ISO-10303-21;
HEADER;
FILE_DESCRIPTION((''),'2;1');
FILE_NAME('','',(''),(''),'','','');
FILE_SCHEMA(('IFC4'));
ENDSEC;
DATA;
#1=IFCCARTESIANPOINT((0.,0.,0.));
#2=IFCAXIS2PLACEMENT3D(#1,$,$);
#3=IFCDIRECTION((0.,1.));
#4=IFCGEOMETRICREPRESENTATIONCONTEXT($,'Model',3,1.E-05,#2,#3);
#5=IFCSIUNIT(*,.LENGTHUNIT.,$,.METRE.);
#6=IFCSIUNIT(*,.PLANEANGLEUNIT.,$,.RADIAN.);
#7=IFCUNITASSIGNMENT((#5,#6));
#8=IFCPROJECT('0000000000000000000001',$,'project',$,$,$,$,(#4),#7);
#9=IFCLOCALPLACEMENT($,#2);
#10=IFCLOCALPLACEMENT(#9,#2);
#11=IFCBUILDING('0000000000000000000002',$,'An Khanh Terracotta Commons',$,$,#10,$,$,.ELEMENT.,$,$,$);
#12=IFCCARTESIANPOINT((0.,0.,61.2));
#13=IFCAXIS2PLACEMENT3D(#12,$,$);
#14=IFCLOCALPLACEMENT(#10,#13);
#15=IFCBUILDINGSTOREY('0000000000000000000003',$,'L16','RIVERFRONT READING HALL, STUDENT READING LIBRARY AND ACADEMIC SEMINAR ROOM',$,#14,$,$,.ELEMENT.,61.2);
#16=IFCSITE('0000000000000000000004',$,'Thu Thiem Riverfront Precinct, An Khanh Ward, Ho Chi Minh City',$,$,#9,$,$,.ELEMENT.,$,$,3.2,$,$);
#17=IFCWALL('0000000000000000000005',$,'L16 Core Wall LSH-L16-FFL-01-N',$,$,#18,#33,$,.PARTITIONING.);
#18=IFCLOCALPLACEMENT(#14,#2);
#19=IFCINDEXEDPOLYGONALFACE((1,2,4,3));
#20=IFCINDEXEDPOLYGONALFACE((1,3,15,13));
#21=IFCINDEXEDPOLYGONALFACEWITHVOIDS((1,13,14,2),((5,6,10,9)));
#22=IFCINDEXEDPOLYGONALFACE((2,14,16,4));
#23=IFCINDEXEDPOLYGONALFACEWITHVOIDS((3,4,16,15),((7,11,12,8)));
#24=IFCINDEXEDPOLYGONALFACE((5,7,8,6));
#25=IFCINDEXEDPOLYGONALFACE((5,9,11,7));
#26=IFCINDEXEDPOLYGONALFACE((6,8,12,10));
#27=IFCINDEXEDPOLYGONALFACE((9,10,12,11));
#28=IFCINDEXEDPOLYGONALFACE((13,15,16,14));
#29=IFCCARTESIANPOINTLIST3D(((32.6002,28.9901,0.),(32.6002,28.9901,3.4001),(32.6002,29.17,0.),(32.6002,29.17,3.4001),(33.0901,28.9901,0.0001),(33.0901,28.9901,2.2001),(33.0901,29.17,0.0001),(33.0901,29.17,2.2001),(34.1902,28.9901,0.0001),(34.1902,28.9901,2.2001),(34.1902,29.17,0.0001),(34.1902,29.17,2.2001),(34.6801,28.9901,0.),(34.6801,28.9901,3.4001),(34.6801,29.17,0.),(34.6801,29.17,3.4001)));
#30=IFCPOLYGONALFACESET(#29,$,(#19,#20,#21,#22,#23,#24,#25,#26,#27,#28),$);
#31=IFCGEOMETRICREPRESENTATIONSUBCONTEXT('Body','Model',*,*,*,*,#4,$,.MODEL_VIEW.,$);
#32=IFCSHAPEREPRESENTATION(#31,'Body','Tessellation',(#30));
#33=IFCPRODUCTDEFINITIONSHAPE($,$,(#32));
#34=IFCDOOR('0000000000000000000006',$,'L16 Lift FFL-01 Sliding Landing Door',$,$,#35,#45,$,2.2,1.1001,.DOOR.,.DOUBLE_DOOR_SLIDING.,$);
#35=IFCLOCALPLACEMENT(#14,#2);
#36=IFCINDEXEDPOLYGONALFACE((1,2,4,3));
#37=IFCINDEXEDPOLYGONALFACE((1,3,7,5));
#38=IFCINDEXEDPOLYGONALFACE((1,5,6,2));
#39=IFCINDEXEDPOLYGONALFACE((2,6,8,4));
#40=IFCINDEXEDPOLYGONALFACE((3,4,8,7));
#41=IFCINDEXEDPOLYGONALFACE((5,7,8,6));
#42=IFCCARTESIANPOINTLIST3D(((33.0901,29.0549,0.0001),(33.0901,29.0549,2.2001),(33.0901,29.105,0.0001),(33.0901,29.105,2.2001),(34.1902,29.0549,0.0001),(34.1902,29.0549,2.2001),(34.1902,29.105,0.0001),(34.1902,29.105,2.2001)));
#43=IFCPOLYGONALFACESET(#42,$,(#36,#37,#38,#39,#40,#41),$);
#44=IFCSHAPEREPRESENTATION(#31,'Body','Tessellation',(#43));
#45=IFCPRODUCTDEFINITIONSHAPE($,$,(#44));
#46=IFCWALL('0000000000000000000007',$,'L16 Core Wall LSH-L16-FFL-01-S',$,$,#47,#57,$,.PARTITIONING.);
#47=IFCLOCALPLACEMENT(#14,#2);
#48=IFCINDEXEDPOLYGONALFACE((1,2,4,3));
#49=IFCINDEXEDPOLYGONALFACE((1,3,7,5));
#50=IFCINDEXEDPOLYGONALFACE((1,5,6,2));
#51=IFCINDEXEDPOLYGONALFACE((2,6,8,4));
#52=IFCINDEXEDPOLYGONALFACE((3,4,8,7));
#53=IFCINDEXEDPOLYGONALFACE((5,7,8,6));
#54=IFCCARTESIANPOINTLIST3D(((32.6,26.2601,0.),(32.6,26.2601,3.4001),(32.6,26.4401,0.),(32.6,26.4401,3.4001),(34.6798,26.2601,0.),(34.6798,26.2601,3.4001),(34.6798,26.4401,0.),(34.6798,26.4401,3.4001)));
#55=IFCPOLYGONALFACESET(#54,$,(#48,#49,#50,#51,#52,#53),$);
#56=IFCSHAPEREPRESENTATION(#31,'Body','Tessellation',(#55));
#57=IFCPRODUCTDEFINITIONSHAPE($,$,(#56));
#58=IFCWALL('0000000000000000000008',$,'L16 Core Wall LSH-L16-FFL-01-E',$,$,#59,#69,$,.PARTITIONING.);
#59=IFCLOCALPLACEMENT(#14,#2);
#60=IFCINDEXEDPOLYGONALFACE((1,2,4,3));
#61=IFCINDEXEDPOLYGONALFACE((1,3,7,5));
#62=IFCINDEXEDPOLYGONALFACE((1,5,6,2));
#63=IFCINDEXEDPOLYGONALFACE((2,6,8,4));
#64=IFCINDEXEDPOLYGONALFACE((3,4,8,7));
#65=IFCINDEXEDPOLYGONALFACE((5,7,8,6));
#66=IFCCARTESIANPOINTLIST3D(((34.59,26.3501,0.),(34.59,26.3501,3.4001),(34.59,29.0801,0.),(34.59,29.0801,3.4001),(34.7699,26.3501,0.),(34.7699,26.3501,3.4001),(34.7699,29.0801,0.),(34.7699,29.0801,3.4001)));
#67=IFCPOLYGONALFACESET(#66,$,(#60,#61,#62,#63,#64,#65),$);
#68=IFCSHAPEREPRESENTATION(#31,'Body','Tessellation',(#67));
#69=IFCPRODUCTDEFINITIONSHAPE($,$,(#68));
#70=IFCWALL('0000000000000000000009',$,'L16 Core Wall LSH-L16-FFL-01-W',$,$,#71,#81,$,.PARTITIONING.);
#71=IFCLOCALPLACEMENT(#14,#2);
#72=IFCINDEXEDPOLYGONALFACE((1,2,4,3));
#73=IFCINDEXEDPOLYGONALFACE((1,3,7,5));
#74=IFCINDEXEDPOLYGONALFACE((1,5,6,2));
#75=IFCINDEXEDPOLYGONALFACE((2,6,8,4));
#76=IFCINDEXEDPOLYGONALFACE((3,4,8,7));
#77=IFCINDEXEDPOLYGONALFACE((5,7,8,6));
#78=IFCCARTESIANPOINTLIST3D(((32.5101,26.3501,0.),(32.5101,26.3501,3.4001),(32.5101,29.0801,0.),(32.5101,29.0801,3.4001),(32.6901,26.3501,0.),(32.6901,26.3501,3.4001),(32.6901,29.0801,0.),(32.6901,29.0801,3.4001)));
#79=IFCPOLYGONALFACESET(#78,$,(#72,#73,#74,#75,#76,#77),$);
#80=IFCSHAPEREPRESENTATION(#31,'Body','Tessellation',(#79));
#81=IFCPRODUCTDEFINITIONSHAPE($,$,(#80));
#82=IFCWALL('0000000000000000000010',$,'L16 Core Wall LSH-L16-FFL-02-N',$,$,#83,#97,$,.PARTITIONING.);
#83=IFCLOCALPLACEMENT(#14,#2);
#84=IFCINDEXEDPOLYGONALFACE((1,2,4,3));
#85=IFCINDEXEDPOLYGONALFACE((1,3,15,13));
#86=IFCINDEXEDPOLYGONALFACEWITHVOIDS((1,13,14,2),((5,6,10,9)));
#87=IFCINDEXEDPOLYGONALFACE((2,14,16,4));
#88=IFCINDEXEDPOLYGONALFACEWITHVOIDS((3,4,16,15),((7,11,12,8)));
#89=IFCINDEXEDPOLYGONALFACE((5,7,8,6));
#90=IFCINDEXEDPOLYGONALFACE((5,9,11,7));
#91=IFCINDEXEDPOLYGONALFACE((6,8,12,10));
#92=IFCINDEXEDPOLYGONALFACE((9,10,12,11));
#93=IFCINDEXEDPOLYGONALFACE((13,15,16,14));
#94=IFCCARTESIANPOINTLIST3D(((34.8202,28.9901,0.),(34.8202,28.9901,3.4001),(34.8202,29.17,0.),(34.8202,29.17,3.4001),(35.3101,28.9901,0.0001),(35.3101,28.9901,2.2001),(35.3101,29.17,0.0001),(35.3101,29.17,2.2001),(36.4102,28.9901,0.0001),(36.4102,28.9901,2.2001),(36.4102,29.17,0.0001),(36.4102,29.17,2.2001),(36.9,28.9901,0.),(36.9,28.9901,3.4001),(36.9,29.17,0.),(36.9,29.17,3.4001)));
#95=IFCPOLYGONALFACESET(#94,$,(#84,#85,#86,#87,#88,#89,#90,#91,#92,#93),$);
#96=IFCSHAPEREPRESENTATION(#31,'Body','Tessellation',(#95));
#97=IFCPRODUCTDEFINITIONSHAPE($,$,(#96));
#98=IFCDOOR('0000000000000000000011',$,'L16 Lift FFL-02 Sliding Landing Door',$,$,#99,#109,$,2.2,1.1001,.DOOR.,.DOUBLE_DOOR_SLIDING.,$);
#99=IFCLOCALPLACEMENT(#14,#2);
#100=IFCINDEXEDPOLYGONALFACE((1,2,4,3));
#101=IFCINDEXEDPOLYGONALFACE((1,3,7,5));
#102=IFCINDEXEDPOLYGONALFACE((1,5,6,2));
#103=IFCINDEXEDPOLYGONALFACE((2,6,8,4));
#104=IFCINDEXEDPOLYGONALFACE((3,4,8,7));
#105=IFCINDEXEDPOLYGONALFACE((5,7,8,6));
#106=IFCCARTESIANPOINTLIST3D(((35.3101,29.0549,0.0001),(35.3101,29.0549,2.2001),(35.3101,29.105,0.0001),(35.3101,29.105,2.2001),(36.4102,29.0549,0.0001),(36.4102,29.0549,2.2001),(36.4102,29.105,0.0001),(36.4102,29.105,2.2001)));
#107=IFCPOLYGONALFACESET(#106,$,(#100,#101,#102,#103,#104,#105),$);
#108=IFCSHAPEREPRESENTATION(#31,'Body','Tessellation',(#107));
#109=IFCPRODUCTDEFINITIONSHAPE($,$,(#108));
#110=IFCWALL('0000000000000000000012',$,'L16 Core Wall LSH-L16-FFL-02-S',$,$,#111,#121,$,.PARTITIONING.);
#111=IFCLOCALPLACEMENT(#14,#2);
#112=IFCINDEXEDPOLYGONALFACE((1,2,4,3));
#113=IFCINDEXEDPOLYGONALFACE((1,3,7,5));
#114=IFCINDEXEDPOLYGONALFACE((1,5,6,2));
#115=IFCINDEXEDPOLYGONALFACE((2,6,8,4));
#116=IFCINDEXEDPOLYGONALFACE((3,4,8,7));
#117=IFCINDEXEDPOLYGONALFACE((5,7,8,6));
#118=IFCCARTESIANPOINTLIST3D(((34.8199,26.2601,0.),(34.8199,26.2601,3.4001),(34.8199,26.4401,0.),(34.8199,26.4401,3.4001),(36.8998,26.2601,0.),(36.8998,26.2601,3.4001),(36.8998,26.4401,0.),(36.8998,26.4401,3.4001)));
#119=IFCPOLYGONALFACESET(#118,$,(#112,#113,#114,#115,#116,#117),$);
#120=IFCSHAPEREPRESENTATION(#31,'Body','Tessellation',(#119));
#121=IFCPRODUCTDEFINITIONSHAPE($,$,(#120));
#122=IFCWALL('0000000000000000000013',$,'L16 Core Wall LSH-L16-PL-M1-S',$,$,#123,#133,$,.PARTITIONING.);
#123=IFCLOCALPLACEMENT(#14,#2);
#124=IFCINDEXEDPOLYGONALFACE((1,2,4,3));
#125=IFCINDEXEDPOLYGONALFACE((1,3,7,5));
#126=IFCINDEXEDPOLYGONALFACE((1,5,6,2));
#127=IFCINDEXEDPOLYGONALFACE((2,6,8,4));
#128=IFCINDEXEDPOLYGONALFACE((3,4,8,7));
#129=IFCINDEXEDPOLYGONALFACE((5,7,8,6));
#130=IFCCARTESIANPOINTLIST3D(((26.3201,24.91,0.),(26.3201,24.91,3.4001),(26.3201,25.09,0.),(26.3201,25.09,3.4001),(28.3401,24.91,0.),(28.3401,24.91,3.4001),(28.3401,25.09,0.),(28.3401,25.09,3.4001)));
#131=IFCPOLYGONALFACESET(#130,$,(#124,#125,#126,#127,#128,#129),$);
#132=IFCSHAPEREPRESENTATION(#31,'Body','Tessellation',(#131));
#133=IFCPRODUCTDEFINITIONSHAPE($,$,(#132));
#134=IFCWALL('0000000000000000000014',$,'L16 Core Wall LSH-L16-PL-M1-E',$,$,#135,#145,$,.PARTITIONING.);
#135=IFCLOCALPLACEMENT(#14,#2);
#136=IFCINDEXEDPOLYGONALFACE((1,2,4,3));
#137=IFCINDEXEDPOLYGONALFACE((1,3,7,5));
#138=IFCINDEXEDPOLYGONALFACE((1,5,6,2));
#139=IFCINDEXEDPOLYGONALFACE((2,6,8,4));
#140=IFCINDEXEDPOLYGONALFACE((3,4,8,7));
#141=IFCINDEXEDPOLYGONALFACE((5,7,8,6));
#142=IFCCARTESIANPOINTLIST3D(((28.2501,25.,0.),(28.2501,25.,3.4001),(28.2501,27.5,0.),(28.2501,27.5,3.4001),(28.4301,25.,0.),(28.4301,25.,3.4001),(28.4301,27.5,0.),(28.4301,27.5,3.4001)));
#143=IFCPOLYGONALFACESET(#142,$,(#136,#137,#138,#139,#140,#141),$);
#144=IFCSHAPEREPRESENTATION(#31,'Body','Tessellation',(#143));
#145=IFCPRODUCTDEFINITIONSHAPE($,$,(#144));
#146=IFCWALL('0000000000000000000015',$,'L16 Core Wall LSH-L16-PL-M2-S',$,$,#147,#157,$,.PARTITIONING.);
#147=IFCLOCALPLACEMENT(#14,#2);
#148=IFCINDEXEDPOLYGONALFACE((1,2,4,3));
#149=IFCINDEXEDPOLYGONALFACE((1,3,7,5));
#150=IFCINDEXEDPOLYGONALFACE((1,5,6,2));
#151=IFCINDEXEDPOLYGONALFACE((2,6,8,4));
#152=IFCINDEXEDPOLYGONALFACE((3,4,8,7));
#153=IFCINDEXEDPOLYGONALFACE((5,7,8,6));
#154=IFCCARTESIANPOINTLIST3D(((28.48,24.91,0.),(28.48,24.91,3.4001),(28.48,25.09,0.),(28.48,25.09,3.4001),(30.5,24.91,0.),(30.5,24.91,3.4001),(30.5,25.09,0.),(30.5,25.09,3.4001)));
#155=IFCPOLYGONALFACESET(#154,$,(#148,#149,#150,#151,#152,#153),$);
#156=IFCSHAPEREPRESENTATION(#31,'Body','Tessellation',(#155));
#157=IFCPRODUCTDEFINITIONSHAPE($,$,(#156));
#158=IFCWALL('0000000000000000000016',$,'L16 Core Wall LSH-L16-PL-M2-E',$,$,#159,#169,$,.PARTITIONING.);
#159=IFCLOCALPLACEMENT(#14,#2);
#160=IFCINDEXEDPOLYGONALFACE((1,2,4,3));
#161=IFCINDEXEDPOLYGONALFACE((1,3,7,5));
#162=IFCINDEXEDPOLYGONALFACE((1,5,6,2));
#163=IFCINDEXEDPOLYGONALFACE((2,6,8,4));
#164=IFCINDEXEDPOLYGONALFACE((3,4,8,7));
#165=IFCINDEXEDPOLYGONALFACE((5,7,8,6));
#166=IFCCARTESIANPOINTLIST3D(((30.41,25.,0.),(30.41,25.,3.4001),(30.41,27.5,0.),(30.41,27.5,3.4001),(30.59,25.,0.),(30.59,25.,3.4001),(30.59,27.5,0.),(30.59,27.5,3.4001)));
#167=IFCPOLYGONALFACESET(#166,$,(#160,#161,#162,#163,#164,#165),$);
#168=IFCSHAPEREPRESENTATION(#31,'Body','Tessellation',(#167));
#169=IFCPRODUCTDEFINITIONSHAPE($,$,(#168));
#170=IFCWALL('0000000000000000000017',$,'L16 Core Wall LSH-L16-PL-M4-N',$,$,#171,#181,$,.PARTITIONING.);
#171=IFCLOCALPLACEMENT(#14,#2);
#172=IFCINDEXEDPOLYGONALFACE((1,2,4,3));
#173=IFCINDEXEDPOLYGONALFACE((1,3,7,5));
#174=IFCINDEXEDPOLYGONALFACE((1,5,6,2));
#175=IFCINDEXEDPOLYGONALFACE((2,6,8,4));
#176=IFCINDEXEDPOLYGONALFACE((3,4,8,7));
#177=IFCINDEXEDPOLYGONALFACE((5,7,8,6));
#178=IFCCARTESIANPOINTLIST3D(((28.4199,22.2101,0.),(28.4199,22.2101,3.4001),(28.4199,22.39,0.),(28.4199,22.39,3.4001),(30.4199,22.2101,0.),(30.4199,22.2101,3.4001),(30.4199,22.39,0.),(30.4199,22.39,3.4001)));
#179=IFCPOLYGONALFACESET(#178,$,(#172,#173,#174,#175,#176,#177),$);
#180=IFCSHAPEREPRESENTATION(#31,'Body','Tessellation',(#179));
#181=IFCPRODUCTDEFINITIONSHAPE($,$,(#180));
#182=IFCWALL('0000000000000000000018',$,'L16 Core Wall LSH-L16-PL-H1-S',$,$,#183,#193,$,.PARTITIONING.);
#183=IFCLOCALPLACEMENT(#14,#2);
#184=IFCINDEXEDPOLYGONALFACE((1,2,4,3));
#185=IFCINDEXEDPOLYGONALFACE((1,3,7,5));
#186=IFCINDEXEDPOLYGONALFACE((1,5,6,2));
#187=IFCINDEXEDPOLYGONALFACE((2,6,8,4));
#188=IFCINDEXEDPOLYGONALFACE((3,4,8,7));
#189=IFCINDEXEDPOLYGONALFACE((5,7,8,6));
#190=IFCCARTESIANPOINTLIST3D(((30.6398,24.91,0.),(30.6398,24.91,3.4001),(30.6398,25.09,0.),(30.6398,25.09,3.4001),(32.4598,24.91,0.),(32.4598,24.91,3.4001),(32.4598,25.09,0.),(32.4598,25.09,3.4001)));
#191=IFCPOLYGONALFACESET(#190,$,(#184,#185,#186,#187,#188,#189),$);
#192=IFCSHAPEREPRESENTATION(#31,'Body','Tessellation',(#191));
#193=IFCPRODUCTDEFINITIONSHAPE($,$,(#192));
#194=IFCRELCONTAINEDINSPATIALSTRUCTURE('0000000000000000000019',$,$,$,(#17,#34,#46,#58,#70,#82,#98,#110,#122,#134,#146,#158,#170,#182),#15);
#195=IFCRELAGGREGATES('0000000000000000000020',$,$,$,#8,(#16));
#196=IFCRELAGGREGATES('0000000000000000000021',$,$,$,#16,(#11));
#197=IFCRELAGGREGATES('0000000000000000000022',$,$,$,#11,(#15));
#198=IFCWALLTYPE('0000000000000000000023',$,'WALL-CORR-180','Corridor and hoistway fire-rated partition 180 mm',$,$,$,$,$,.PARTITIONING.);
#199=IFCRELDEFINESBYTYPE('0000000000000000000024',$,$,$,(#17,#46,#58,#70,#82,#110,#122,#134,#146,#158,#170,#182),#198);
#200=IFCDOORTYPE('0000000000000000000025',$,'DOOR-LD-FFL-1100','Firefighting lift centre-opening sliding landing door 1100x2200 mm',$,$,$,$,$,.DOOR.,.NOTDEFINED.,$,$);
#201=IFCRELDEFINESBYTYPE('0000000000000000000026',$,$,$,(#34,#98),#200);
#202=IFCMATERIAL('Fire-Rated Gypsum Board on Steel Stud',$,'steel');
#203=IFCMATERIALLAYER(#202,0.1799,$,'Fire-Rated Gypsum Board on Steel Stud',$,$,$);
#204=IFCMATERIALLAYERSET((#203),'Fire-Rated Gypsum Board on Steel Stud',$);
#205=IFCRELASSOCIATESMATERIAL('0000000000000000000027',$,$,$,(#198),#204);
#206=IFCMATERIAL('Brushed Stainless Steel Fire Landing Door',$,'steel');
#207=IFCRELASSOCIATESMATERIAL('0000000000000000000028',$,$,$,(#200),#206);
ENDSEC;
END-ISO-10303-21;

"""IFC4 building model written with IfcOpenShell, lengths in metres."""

from ifc_helpers import new_model, si_unit, direction, frame, frame_2d, origin, place, context, subcontext, project, spatial, rectangle, extrude, material, layer, layer_set, type_object, element, fill, save


model = new_model("IFC4")

# Units and contexts
model_context = context("Model", 3, precision=1e-05, world=origin(), true_north=direction((0.0, 1.0)))
body_context = subcontext(model_context, "Body", "Model", "MODEL_VIEW")
ifc_project = project(units=[si_unit("LENGTHUNIT", "METRE"), si_unit("PLANEANGLEUNIT", "RADIAN")], contexts=[model_context])

# Site, building, storey
site_placement = place(None, origin())
site = spatial("IfcSite", under=ifc_project, at=site_placement, Name="Thu Thiem Riverfront Precinct, An Khanh Ward, Ho Chi Minh City", CompositionType="ELEMENT", RefElevation=3.2)
building_placement = place(site_placement, origin())
building = spatial("IfcBuilding", under=site, at=building_placement, Name="An Khanh Terracotta Commons", CompositionType="ELEMENT")
storey_placement = place(building_placement, frame((0.0, 0.0, 61.2)))
storey = spatial("IfcBuildingStorey", under=building, at=storey_placement, Name="L16", Description="RIVERFRONT READING HALL, STUDENT READING LIBRARY AND ACADEMIC SEMINAR ROOM", CompositionType="ELEMENT", Elevation=61.2)

# Shared definitions
ifc_material_1 = material(Name="Fire-Rated Gypsum Board on Steel Stud", Category="steel")
ifc_layer_1 = layer(ifc_material_1, 0.1799, Name="Fire-Rated Gypsum Board on Steel Stud")
ifc_layer_set_1 = layer_set([ifc_layer_1], Name="Fire-Rated Gypsum Board on Steel Stud")
wall_type_1 = type_object("IfcWallType", Name="WALL-CORR-180", Description="Corridor and hoistway fire-rated partition 180 mm", PredefinedType="PARTITIONING", material=ifc_layer_set_1)

# Wall, opening, door
wall_1_placement = place(storey_placement, frame((32.6001, 29.0801, 0.0), z_axis=(0.0, 0.0, 1.0), x_axis=(1.0, 0.0, 0.0)))
wall_1 = element("IfcWall", 1, at=wall_1_placement, inside=storey, type_object=wall_type_1, Name="L16 Core Wall LSH-L16-FFL-01-N", PredefinedType="PARTITIONING", context=body_context, shape_type="SweptSolid", body=[
    extrude(rectangle(XDim=2.0798, YDim=0.1799, at=frame_2d((1.04, 0.0))), origin(), (0.0, 0.0, 1.0), 3.4001),
])
opening_1_placement = place(wall_1_placement, frame((0.49, 0.0, 0.0)))
opening_1 = element("IfcOpeningElement", 2, at=opening_1_placement, cuts=wall_1, PredefinedType="OPENING", context=body_context, shape_type="SweptSolid", body=[
    extrude(rectangle(XDim=1.1001, YDim=2.2, at=frame_2d((0.55, 1.1001))), frame((0.0, 0.0999, 0.0), z_axis=(0.0, -1.0, 0.0), x_axis=(1.0, 0.0, 0.0)), (0.0, 0.0, 1.0), 0.2),
])
ifc_material_2 = material(Name="Brushed Stainless Steel Fire Landing Door", Category="steel")
door_type_1 = type_object("IfcDoorType", Name="DOOR-LD-FFL-1100", Description="Firefighting lift centre-opening sliding landing door 1100x2200 mm", OperationType="NOTDEFINED", PredefinedType="DOOR", material=ifc_material_2)
door_1_placement = place(opening_1_placement, origin())
door_1 = element("IfcDoor", 3, at=door_1_placement, inside=storey, type_object=door_type_1, Name="L16 Lift FFL-01 Sliding Landing Door", OperationType="DOUBLE_DOOR_SLIDING", OverallHeight=2.2, OverallWidth=1.1001, PredefinedType="DOOR", context=body_context, shape_type="SweptSolid", body=[
    extrude(rectangle(XDim=1.1001, YDim=2.2, at=frame_2d((0.55, 1.1001))), frame((0.0, 0.0249, 0.0), z_axis=(0.0, -1.0, 0.0), x_axis=(1.0, 0.0, 0.0)), (0.0, 0.0, 1.0), 0.05),
])
fill(opening_1, door_1)

# Walls
wall_2_placement = place(storey_placement, frame((34.6799, 26.3501, 0.0), z_axis=(0.0, 0.0, 1.0), x_axis=(-1.0, 0.0, 0.0)))
element("IfcWall", 4, at=wall_2_placement, inside=storey, type_object=wall_type_1, Name="L16 Core Wall LSH-L16-FFL-01-S", PredefinedType="PARTITIONING", context=body_context, shape_type="SweptSolid", body=[
    extrude(rectangle(XDim=2.0798, YDim=0.1799, at=frame_2d((1.04, 0.0))), origin(), (0.0, 0.0, 1.0), 3.4001),
])
for number, where, z_axis, x_axis, name in (
    (5, (34.6799, 26.3501, 0.0), (0.0, 0.0, 1.0), (0.0, 1.0, 0.0), "L16 Core Wall LSH-L16-FFL-01-E"),
    (6, (32.6001, 29.0801, 0.0), (0.0, 0.0, 1.0), (0.0, -1.0, 0.0), "L16 Core Wall LSH-L16-FFL-01-W"),
):
    element("IfcWall", number, at=place(storey_placement, frame(where, z_axis=z_axis, x_axis=x_axis)), inside=storey, type_object=wall_type_1, Name=name, PredefinedType="PARTITIONING", context=body_context, shape_type="SweptSolid", body=[
        extrude(rectangle(XDim=2.73, YDim=0.1799, at=frame_2d((1.365, 0.0))), origin(), (0.0, 0.0, 1.0), 3.4001),
    ])

# Wall, opening, door
wall_3_placement = place(storey_placement, frame((34.8201, 29.0801, 0.0), z_axis=(0.0, 0.0, 1.0), x_axis=(1.0, 0.0, 0.0)))
wall_3 = element("IfcWall", 7, at=wall_3_placement, inside=storey, type_object=wall_type_1, Name="L16 Core Wall LSH-L16-FFL-02-N", PredefinedType="PARTITIONING", context=body_context, shape_type="SweptSolid", body=[
    extrude(rectangle(XDim=2.0798, YDim=0.1799, at=frame_2d((1.04, 0.0))), origin(), (0.0, 0.0, 1.0), 3.4001),
])
opening_2_placement = place(wall_3_placement, frame((0.49, 0.0, 0.0)))
opening_2 = element("IfcOpeningElement", 8, at=opening_2_placement, cuts=wall_3, PredefinedType="OPENING", context=body_context, shape_type="SweptSolid", body=[
    extrude(rectangle(XDim=1.1001, YDim=2.2, at=frame_2d((0.55, 1.1001))), frame((0.0, 0.0999, 0.0), z_axis=(0.0, -1.0, 0.0), x_axis=(1.0, 0.0, 0.0)), (0.0, 0.0, 1.0), 0.2),
])
door_2_placement = place(opening_2_placement, origin())
door_2 = element("IfcDoor", 9, at=door_2_placement, inside=storey, type_object=door_type_1, Name="L16 Lift FFL-02 Sliding Landing Door", OperationType="DOUBLE_DOOR_SLIDING", OverallHeight=2.2, OverallWidth=1.1001, PredefinedType="DOOR", context=body_context, shape_type="SweptSolid", body=[
    extrude(rectangle(XDim=1.1001, YDim=2.2, at=frame_2d((0.55, 1.1001))), frame((0.0, 0.0249, 0.0), z_axis=(0.0, -1.0, 0.0), x_axis=(1.0, 0.0, 0.0)), (0.0, 0.0, 1.0), 0.05),
])
fill(opening_2, door_2)

# Walls
wall_4_placement = place(storey_placement, frame((36.8999, 26.3501, 0.0), z_axis=(0.0, 0.0, 1.0), x_axis=(-1.0, 0.0, 0.0)))
element("IfcWall", 10, at=wall_4_placement, inside=storey, type_object=wall_type_1, Name="L16 Core Wall LSH-L16-FFL-02-S", PredefinedType="PARTITIONING", context=body_context, shape_type="SweptSolid", body=[
    extrude(rectangle(XDim=2.0798, YDim=0.1799, at=frame_2d((1.04, 0.0))), origin(), (0.0, 0.0, 1.0), 3.4001),
])
wall_5_placement = place(storey_placement, frame((28.3401, 25.0, 0.0), z_axis=(0.0, 0.0, 1.0), x_axis=(-1.0, 0.0, 0.0)))
element("IfcWall", 11, at=wall_5_placement, inside=storey, type_object=wall_type_1, Name="L16 Core Wall LSH-L16-PL-M1-S", PredefinedType="PARTITIONING", context=body_context, shape_type="SweptSolid", body=[
    extrude(rectangle(XDim=2.02, YDim=0.1799, at=frame_2d((1.01, 0.0))), origin(), (0.0, 0.0, 1.0), 3.4001),
])
wall_6_placement = place(storey_placement, frame((28.3401, 25.0, 0.0), z_axis=(0.0, 0.0, 1.0), x_axis=(0.0, 1.0, 0.0)))
element("IfcWall", 12, at=wall_6_placement, inside=storey, type_object=wall_type_1, Name="L16 Core Wall LSH-L16-PL-M1-E", PredefinedType="PARTITIONING", context=body_context, shape_type="SweptSolid", body=[
    extrude(rectangle(XDim=2.5, YDim=0.1799, at=frame_2d((1.25, 0.0))), origin(), (0.0, 0.0, 1.0), 3.4001),
])
wall_7_placement = place(storey_placement, frame((30.5, 25.0, 0.0), z_axis=(0.0, 0.0, 1.0), x_axis=(-1.0, 0.0, 0.0)))
element("IfcWall", 13, at=wall_7_placement, inside=storey, type_object=wall_type_1, Name="L16 Core Wall LSH-L16-PL-M2-S", PredefinedType="PARTITIONING", context=body_context, shape_type="SweptSolid", body=[
    extrude(rectangle(XDim=2.02, YDim=0.1799, at=frame_2d((1.01, 0.0))), origin(), (0.0, 0.0, 1.0), 3.4001),
])
wall_8_placement = place(storey_placement, frame((30.5, 25.0, 0.0), z_axis=(0.0, 0.0, 1.0), x_axis=(0.0, 1.0, 0.0)))
element("IfcWall", 14, at=wall_8_placement, inside=storey, type_object=wall_type_1, Name="L16 Core Wall LSH-L16-PL-M2-E", PredefinedType="PARTITIONING", context=body_context, shape_type="SweptSolid", body=[
    extrude(rectangle(XDim=2.5, YDim=0.1799, at=frame_2d((1.25, 0.0))), origin(), (0.0, 0.0, 1.0), 3.4001),
])
wall_9_placement = place(storey_placement, frame((28.4199, 22.3, 0.0), z_axis=(0.0, 0.0, 1.0), x_axis=(1.0, 0.0, 0.0)))
element("IfcWall", 15, at=wall_9_placement, inside=storey, type_object=wall_type_1, Name="L16 Core Wall LSH-L16-PL-M4-N", PredefinedType="PARTITIONING", context=body_context, shape_type="SweptSolid", body=[
    extrude(rectangle(XDim=2.0, YDim=0.1799, at=frame_2d((1.0, 0.0))), origin(), (0.0, 0.0, 1.0), 3.4001),
])
wall_10_placement = place(storey_placement, frame((32.46, 25.0, 0.0), z_axis=(0.0, 0.0, 1.0), x_axis=(-1.0, 0.0, 0.0)))
element("IfcWall", 16, at=wall_10_placement, inside=storey, type_object=wall_type_1, Name="L16 Core Wall LSH-L16-PL-H1-S", PredefinedType="PARTITIONING", context=body_context, shape_type="SweptSolid", body=[
    extrude(rectangle(XDim=1.8201, YDim=0.1799, at=frame_2d((0.9102, 0.0))), origin(), (0.0, 0.0, 1.0), 3.4001),
])

save(model, "model.ifc")
